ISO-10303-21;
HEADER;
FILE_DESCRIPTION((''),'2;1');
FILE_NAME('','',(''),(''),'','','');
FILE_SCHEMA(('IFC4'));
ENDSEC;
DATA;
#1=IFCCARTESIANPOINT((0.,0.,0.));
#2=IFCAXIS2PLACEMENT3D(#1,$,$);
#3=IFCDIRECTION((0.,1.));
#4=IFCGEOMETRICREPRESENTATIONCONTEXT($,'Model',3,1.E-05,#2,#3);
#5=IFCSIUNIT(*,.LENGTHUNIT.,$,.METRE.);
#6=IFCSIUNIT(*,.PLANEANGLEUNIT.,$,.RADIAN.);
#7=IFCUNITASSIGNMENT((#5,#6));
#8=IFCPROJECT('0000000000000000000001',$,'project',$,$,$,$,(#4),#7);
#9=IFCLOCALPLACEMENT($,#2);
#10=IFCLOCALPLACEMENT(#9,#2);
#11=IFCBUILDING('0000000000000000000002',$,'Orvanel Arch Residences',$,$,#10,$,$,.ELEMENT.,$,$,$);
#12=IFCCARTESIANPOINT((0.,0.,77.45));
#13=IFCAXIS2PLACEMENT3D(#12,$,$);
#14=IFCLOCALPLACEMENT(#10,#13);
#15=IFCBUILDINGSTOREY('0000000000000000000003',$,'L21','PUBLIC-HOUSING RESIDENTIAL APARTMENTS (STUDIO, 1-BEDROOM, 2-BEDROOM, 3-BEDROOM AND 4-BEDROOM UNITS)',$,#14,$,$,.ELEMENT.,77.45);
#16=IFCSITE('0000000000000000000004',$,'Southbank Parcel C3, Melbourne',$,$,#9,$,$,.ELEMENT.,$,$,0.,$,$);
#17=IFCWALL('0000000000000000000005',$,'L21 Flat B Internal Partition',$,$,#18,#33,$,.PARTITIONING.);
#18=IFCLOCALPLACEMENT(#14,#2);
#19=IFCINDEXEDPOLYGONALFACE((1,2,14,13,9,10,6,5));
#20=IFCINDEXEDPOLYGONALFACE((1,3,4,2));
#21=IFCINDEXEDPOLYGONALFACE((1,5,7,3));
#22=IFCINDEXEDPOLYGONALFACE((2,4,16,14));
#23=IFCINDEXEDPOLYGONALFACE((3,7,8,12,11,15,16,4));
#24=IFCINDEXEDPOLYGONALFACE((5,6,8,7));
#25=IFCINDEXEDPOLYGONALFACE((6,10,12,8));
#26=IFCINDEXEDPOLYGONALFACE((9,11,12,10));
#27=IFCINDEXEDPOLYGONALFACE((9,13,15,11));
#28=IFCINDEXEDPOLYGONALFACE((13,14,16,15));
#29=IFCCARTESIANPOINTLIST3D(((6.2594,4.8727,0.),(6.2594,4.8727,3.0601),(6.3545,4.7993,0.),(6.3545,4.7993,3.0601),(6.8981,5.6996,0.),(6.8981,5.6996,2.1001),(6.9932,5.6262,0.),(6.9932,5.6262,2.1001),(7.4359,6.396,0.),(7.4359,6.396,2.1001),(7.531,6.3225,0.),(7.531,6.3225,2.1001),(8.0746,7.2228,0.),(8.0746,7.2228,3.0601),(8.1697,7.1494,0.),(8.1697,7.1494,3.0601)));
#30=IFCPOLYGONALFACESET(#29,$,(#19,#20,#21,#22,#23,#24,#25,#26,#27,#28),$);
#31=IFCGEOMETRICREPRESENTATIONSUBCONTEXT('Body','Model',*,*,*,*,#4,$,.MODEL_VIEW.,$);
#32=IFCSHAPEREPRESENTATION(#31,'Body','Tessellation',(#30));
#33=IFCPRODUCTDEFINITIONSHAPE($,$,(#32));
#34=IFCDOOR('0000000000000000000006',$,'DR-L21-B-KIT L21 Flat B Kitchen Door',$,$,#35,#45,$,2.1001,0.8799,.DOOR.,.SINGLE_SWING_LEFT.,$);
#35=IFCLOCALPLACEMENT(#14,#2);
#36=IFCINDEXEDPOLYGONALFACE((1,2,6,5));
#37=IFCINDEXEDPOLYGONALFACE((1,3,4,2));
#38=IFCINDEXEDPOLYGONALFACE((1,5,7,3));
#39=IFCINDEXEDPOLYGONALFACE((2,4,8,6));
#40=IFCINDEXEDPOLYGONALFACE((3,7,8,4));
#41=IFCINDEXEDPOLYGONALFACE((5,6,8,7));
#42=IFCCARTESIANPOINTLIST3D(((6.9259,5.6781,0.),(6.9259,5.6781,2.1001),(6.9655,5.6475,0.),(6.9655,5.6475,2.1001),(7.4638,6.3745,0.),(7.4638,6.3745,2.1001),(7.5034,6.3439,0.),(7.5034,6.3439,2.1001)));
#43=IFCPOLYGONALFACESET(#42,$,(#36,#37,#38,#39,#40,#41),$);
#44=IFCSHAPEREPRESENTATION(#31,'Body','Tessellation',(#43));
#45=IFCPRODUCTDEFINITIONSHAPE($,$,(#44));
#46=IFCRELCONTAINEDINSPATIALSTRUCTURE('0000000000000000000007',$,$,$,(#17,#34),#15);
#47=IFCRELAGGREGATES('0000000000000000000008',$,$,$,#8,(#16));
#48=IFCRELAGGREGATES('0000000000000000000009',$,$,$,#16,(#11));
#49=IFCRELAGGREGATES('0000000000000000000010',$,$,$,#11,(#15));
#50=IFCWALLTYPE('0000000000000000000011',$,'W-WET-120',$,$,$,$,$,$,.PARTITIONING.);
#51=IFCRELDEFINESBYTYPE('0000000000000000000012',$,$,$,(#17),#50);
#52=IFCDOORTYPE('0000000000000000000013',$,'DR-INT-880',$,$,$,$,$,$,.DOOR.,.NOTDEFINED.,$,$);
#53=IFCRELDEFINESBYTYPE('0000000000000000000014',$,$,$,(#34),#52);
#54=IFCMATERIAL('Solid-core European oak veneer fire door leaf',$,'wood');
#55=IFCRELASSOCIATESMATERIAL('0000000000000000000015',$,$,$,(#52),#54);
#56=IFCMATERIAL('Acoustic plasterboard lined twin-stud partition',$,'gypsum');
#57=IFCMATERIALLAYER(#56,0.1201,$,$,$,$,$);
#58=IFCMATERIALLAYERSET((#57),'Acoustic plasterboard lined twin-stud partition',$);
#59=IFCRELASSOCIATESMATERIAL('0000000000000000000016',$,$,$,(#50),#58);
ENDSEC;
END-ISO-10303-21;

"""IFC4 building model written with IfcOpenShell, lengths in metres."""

from ifc_helpers import new_model, si_unit, direction, frame, frame_2d, origin, place, context, subcontext, project, spatial, rectangle, extrude, material, layer, layer_set, type_object, element, fill, save


model = new_model("IFC4")

# Units and contexts
model_context = context("Model", 3, precision=1e-05, world=origin(), true_north=direction((0.0, 1.0)))
body_context = subcontext(model_context, "Body", "Model", "MODEL_VIEW")
ifc_project = project(units=[si_unit("LENGTHUNIT", "METRE"), si_unit("PLANEANGLEUNIT", "RADIAN")], contexts=[model_context])

# Site, building, storey
site_placement = place(None, origin())
site = spatial("IfcSite", under=ifc_project, at=site_placement, Name="Southbank Parcel C3, Melbourne", CompositionType="ELEMENT", RefElevation=0.0)
building_placement = place(site_placement, origin())
building = spatial("IfcBuilding", under=site, at=building_placement, Name="Orvanel Arch Residences", CompositionType="ELEMENT")
storey_placement = place(building_placement, frame((0.0, 0.0, 77.45)))
storey = spatial("IfcBuildingStorey", under=building, at=storey_placement, Name="L21", Description="PUBLIC-HOUSING RESIDENTIAL APARTMENTS (STUDIO, 1-BEDROOM, 2-BEDROOM, 3-BEDROOM AND 4-BEDROOM UNITS)", CompositionType="ELEMENT", Elevation=77.45)

# Wall, opening, door
ifc_material_1 = material(Name="Acoustic plasterboard lined twin-stud partition", Category="gypsum")
ifc_material_2 = material(Name="Solid-core European oak veneer fire door leaf", Category="wood")
door_type = type_object("IfcDoorType", Name="DR-INT-880", OperationType="NOTDEFINED", PredefinedType="DOOR", material=ifc_material_2)
ifc_layer_1 = layer(ifc_material_1, 0.1201)
ifc_layer_set_1 = layer_set([ifc_layer_1], Name="Acoustic plasterboard lined twin-stud partition")
wall_type_1 = type_object("IfcWallType", Name="W-WET-120", PredefinedType="PARTITIONING", material=ifc_layer_set_1)
wall_1_placement = place(storey_placement, frame((6.3069, 4.8359, 0.0), z_axis=(0.0, 0.0, 1.0), x_axis=(0.611279, 0.791415, 0.0)))
wall_1 = element("IfcWall", 1, at=wall_1_placement, inside=storey, type_object=wall_type_1, Name="L21 Flat B Internal Partition", PredefinedType="PARTITIONING", context=body_context, shape_type="SweptSolid", body=[
    extrude(rectangle(XDim=2.9695, YDim=0.1201, at=frame_2d((1.4849, 0.0))), origin(), (0.0, 0.0, 1.0), 3.0601),
])
opening_1_placement = place(wall_1_placement, frame((1.0449, 0.0, 0.0)))
opening_1 = element("IfcOpeningElement", 2, at=opening_1_placement, cuts=wall_1, PredefinedType="OPENING", context=body_context, shape_type="SweptSolid", body=[
    extrude(rectangle(XDim=0.8799, YDim=2.1001, at=frame_2d((0.4399, 1.05))), frame((0.0, 0.0701, 0.0), z_axis=(0.0, -1.0, 0.0), x_axis=(1.0, 0.0, 0.0)), (0.0, 0.0, 1.0), 0.1401),
])
door_1_placement = place(opening_1_placement, origin())
door_1 = element("IfcDoor", 3, at=door_1_placement, inside=storey, type_object=door_type, Name="DR-L21-B-KIT L21 Flat B Kitchen Door", OperationType="SINGLE_SWING_LEFT", OverallHeight=2.1001, OverallWidth=0.8799, PredefinedType="DOOR", context=body_context, shape_type="SweptSolid", body=[
    extrude(rectangle(XDim=0.8799, YDim=2.1001, at=frame_2d((0.4399, 1.05))), frame((0.0, 0.0249, 0.0), z_axis=(0.0, -1.0, 0.0), x_axis=(1.0, 0.0, 0.0)), (0.0, 0.0, 1.0), 0.05),
])
fill(opening_1, door_1)

save(model, "model.ifc")
